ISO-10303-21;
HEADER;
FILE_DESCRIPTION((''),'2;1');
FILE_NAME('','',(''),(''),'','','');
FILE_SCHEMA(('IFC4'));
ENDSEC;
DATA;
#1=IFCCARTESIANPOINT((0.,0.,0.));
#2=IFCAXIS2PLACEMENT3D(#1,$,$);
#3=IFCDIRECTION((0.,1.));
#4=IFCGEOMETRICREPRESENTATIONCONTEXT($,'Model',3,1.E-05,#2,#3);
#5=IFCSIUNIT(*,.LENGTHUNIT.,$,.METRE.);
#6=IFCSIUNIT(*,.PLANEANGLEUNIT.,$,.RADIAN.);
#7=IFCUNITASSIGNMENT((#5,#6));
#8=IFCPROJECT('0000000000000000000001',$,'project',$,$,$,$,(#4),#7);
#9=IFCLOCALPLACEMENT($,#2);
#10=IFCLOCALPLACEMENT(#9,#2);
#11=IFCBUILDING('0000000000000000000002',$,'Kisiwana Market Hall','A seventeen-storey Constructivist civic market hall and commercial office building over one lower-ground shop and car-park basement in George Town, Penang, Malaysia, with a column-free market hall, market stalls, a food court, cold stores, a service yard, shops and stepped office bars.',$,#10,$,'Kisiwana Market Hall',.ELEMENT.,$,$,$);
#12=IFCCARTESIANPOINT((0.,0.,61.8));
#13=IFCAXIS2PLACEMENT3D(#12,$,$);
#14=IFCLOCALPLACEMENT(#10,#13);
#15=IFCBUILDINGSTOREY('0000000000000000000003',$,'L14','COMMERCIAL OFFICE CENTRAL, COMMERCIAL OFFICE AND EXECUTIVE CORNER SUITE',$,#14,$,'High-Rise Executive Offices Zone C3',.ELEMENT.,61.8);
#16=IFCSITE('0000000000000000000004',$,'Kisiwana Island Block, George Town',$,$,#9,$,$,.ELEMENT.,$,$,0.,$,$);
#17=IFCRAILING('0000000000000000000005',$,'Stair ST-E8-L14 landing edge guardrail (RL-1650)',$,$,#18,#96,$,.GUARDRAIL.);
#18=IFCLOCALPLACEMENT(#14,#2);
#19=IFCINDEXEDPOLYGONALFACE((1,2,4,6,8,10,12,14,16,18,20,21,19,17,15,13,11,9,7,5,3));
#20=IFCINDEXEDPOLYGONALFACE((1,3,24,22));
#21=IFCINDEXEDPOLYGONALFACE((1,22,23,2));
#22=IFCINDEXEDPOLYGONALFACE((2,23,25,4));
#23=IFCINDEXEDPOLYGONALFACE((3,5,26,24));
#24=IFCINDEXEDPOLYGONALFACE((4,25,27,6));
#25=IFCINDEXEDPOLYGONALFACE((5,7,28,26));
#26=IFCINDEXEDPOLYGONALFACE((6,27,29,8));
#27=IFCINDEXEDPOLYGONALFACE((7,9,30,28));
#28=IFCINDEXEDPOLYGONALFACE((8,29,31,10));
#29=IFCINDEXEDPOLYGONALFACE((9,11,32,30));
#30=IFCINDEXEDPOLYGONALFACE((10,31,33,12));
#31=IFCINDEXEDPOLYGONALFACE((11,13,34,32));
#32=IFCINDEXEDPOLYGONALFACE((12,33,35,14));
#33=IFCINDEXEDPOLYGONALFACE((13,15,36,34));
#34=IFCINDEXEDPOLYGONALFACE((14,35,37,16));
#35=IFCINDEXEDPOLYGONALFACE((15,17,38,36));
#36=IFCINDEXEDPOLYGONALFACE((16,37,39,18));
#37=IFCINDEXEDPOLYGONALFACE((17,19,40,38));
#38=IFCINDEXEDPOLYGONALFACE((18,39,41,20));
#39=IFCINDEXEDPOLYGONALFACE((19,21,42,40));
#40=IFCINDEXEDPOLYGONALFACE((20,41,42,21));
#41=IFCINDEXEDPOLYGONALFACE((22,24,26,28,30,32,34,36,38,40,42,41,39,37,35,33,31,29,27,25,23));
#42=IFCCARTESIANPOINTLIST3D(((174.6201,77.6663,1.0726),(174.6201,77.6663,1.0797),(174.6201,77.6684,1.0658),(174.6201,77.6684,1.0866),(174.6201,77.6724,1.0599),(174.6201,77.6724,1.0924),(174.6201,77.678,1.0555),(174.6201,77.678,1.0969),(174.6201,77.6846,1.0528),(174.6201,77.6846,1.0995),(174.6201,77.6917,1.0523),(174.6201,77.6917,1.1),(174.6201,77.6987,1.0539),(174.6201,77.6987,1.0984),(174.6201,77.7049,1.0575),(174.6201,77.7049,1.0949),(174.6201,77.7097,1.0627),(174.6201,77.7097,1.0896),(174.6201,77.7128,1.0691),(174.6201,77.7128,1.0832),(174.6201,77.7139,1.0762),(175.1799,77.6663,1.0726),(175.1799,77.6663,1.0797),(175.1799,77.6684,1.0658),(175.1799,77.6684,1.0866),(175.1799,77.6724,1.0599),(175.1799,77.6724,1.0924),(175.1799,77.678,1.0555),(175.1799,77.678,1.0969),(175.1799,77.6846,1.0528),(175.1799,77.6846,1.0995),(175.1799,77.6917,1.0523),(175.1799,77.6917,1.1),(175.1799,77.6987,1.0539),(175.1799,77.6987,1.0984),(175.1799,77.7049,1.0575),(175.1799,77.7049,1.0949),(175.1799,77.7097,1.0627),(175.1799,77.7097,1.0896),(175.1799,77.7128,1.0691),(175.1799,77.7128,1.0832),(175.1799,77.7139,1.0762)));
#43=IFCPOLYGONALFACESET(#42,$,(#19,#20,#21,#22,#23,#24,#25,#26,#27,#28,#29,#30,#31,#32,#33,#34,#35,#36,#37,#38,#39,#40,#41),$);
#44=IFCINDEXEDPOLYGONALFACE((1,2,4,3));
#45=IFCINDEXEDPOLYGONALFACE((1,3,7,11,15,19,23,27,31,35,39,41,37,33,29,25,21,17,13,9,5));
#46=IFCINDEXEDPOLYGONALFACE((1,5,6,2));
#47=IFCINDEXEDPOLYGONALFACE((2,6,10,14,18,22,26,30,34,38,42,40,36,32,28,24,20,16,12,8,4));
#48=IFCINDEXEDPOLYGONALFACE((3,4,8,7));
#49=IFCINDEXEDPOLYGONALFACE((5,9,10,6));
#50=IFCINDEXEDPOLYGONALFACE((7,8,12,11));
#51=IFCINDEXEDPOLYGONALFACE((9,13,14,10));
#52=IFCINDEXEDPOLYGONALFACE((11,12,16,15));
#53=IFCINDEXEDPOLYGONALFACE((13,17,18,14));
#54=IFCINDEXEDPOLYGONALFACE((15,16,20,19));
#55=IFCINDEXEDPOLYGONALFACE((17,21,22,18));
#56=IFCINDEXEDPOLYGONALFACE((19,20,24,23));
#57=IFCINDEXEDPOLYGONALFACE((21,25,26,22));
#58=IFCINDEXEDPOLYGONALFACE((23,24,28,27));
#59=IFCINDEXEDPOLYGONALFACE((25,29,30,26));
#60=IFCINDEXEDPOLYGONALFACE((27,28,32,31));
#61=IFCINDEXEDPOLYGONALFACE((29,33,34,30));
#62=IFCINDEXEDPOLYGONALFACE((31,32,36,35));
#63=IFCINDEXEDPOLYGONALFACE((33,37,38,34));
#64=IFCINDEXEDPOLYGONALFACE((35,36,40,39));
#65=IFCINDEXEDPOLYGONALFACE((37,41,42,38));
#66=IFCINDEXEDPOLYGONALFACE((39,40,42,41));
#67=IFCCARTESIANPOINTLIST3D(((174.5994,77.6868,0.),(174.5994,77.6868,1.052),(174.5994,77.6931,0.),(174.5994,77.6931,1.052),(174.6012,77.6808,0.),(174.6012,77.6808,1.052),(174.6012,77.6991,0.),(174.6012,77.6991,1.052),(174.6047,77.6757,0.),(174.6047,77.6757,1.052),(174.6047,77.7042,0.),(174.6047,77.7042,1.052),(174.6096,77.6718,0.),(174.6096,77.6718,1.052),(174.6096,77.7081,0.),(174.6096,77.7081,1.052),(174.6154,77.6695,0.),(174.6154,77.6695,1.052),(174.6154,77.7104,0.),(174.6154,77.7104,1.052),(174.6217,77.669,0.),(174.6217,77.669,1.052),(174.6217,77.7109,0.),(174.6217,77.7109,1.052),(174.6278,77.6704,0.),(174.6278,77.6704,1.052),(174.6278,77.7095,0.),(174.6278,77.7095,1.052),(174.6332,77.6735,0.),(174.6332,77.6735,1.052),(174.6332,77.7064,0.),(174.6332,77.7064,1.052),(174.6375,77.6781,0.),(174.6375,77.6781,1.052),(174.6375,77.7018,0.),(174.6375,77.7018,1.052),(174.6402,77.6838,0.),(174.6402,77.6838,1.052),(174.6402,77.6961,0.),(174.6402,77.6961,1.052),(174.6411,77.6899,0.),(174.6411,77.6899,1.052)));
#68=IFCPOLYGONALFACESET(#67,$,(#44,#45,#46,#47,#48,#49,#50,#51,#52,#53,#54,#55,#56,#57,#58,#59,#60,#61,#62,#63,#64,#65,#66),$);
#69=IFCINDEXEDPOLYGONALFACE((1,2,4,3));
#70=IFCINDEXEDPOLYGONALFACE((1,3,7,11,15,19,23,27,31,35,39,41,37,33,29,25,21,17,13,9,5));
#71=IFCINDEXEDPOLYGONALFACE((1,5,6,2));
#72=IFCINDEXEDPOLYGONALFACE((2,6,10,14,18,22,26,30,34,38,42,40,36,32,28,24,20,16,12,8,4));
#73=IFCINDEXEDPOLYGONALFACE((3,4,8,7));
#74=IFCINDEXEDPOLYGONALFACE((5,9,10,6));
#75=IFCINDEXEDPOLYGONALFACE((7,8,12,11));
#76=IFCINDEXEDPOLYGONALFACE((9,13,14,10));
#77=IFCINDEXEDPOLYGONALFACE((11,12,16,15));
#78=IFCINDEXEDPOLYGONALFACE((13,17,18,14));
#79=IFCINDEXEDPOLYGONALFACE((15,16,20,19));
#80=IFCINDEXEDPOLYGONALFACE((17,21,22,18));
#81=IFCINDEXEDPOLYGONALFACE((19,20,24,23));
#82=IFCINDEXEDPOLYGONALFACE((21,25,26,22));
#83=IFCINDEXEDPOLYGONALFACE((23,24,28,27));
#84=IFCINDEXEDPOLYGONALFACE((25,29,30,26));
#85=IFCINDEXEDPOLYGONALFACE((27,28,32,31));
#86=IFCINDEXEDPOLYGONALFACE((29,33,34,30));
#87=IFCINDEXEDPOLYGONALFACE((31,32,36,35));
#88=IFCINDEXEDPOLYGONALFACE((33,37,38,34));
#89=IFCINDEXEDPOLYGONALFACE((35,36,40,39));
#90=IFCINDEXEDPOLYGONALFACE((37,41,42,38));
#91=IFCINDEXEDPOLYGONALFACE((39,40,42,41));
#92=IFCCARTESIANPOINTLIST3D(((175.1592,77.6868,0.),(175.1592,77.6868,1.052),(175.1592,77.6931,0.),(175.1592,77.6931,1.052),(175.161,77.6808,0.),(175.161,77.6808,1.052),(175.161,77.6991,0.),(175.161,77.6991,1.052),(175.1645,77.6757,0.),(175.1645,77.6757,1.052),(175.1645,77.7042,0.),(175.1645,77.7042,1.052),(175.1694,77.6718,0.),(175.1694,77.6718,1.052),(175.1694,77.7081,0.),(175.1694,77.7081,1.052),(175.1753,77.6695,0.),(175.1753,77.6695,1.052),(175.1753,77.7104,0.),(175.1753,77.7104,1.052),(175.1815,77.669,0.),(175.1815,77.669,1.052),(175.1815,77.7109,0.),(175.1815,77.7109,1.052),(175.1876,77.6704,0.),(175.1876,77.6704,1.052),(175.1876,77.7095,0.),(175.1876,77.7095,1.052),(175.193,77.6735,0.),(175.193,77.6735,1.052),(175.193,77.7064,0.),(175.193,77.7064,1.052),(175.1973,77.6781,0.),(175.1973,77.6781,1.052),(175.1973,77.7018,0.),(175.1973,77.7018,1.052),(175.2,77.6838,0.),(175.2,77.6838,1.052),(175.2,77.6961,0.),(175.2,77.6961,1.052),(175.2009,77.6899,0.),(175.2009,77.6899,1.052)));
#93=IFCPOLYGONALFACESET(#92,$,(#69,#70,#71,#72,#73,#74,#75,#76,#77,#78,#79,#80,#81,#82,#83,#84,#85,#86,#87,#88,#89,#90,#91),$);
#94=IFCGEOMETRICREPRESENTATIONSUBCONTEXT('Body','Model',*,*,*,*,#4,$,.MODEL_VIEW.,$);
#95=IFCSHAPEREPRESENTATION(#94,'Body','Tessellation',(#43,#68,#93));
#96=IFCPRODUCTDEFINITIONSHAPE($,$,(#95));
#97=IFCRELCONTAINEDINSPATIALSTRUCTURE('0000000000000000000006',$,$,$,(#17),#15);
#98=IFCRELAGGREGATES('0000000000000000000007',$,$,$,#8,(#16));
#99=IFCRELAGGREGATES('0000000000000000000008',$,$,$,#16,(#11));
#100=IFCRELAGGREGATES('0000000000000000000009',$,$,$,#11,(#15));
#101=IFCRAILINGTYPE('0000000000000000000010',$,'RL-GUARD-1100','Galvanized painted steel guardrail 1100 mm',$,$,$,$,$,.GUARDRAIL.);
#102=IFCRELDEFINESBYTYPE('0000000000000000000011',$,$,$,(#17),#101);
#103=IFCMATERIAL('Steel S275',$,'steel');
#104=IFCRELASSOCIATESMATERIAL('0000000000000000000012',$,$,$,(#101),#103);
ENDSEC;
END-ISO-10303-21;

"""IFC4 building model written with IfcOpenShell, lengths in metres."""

from ifc_helpers import new_model, si_unit, direction, frame, origin, origin_2d, place, context, subcontext, project, spatial, circle, extrude, material, type_object, element, save


model = new_model("IFC4")

# Units and contexts
model_context = context("Model", 3, precision=1e-05, world=origin(), true_north=direction((0.0, 1.0)))
body_context = subcontext(model_context, "Body", "Model", "MODEL_VIEW")
ifc_project = project(units=[si_unit("LENGTHUNIT", "METRE"), si_unit("PLANEANGLEUNIT", "RADIAN")], contexts=[model_context])

# Site, building, storey
site_placement = place(None, origin())
site = spatial("IfcSite", under=ifc_project, at=site_placement, Name="Kisiwana Island Block, George Town", CompositionType="ELEMENT", RefElevation=0.0)
building_placement = place(site_placement, origin())
building = spatial("IfcBuilding", under=site, at=building_placement, Name="Kisiwana Market Hall", Description="A seventeen-storey Constructivist civic market hall and commercial office building over one lower-ground shop and car-park basement in George Town, Penang, Malaysia, with a column-free market hall, market stalls, a food court, cold stores, a service yard, shops and stepped office bars.", LongName="Kisiwana Market Hall", CompositionType="ELEMENT")
storey_placement = place(building_placement, frame((0.0, 0.0, 61.8)))
storey = spatial("IfcBuildingStorey", under=building, at=storey_placement, Name="L14", Description="COMMERCIAL OFFICE CENTRAL, COMMERCIAL OFFICE AND EXECUTIVE CORNER SUITE", LongName="High-Rise Executive Offices Zone C3", CompositionType="ELEMENT", Elevation=61.8)

# Railing
ifc_material_1 = material(Name="Steel S275", Category="steel")
railing_type_1 = type_object("IfcRailingType", Name="RL-GUARD-1100", Description="Galvanized painted steel guardrail 1100 mm", PredefinedType="GUARDRAIL", material=ifc_material_1)
railing_1_placement = place(storey_placement, frame((174.6201, 77.6899, 0.0)))
element("IfcRailing", 1, at=railing_1_placement, inside=storey, type_object=railing_type_1, Name="Stair ST-E8-L14 landing edge guardrail (RL-1650)", PredefinedType="GUARDRAIL", context=body_context, shape_type="SweptSolid", body=[
    extrude(circle(Radius=0.0239, at=origin_2d()), frame((0.0, 0.0, 1.0762), z_axis=(1.0, 0.0, 0.0), x_axis=(0.0, 1.0, 0.0)), (0.0, 0.0, 1.0), 0.5598),
    extrude(circle(Radius=0.021, at=origin_2d()), origin(), (0.0, 0.0, 1.0), 1.052),
    extrude(circle(Radius=0.021, at=origin_2d()), frame((0.5598, 0.0, 0.0)), (0.0, 0.0, 1.0), 1.052),
])

save(model, "model.ifc")
